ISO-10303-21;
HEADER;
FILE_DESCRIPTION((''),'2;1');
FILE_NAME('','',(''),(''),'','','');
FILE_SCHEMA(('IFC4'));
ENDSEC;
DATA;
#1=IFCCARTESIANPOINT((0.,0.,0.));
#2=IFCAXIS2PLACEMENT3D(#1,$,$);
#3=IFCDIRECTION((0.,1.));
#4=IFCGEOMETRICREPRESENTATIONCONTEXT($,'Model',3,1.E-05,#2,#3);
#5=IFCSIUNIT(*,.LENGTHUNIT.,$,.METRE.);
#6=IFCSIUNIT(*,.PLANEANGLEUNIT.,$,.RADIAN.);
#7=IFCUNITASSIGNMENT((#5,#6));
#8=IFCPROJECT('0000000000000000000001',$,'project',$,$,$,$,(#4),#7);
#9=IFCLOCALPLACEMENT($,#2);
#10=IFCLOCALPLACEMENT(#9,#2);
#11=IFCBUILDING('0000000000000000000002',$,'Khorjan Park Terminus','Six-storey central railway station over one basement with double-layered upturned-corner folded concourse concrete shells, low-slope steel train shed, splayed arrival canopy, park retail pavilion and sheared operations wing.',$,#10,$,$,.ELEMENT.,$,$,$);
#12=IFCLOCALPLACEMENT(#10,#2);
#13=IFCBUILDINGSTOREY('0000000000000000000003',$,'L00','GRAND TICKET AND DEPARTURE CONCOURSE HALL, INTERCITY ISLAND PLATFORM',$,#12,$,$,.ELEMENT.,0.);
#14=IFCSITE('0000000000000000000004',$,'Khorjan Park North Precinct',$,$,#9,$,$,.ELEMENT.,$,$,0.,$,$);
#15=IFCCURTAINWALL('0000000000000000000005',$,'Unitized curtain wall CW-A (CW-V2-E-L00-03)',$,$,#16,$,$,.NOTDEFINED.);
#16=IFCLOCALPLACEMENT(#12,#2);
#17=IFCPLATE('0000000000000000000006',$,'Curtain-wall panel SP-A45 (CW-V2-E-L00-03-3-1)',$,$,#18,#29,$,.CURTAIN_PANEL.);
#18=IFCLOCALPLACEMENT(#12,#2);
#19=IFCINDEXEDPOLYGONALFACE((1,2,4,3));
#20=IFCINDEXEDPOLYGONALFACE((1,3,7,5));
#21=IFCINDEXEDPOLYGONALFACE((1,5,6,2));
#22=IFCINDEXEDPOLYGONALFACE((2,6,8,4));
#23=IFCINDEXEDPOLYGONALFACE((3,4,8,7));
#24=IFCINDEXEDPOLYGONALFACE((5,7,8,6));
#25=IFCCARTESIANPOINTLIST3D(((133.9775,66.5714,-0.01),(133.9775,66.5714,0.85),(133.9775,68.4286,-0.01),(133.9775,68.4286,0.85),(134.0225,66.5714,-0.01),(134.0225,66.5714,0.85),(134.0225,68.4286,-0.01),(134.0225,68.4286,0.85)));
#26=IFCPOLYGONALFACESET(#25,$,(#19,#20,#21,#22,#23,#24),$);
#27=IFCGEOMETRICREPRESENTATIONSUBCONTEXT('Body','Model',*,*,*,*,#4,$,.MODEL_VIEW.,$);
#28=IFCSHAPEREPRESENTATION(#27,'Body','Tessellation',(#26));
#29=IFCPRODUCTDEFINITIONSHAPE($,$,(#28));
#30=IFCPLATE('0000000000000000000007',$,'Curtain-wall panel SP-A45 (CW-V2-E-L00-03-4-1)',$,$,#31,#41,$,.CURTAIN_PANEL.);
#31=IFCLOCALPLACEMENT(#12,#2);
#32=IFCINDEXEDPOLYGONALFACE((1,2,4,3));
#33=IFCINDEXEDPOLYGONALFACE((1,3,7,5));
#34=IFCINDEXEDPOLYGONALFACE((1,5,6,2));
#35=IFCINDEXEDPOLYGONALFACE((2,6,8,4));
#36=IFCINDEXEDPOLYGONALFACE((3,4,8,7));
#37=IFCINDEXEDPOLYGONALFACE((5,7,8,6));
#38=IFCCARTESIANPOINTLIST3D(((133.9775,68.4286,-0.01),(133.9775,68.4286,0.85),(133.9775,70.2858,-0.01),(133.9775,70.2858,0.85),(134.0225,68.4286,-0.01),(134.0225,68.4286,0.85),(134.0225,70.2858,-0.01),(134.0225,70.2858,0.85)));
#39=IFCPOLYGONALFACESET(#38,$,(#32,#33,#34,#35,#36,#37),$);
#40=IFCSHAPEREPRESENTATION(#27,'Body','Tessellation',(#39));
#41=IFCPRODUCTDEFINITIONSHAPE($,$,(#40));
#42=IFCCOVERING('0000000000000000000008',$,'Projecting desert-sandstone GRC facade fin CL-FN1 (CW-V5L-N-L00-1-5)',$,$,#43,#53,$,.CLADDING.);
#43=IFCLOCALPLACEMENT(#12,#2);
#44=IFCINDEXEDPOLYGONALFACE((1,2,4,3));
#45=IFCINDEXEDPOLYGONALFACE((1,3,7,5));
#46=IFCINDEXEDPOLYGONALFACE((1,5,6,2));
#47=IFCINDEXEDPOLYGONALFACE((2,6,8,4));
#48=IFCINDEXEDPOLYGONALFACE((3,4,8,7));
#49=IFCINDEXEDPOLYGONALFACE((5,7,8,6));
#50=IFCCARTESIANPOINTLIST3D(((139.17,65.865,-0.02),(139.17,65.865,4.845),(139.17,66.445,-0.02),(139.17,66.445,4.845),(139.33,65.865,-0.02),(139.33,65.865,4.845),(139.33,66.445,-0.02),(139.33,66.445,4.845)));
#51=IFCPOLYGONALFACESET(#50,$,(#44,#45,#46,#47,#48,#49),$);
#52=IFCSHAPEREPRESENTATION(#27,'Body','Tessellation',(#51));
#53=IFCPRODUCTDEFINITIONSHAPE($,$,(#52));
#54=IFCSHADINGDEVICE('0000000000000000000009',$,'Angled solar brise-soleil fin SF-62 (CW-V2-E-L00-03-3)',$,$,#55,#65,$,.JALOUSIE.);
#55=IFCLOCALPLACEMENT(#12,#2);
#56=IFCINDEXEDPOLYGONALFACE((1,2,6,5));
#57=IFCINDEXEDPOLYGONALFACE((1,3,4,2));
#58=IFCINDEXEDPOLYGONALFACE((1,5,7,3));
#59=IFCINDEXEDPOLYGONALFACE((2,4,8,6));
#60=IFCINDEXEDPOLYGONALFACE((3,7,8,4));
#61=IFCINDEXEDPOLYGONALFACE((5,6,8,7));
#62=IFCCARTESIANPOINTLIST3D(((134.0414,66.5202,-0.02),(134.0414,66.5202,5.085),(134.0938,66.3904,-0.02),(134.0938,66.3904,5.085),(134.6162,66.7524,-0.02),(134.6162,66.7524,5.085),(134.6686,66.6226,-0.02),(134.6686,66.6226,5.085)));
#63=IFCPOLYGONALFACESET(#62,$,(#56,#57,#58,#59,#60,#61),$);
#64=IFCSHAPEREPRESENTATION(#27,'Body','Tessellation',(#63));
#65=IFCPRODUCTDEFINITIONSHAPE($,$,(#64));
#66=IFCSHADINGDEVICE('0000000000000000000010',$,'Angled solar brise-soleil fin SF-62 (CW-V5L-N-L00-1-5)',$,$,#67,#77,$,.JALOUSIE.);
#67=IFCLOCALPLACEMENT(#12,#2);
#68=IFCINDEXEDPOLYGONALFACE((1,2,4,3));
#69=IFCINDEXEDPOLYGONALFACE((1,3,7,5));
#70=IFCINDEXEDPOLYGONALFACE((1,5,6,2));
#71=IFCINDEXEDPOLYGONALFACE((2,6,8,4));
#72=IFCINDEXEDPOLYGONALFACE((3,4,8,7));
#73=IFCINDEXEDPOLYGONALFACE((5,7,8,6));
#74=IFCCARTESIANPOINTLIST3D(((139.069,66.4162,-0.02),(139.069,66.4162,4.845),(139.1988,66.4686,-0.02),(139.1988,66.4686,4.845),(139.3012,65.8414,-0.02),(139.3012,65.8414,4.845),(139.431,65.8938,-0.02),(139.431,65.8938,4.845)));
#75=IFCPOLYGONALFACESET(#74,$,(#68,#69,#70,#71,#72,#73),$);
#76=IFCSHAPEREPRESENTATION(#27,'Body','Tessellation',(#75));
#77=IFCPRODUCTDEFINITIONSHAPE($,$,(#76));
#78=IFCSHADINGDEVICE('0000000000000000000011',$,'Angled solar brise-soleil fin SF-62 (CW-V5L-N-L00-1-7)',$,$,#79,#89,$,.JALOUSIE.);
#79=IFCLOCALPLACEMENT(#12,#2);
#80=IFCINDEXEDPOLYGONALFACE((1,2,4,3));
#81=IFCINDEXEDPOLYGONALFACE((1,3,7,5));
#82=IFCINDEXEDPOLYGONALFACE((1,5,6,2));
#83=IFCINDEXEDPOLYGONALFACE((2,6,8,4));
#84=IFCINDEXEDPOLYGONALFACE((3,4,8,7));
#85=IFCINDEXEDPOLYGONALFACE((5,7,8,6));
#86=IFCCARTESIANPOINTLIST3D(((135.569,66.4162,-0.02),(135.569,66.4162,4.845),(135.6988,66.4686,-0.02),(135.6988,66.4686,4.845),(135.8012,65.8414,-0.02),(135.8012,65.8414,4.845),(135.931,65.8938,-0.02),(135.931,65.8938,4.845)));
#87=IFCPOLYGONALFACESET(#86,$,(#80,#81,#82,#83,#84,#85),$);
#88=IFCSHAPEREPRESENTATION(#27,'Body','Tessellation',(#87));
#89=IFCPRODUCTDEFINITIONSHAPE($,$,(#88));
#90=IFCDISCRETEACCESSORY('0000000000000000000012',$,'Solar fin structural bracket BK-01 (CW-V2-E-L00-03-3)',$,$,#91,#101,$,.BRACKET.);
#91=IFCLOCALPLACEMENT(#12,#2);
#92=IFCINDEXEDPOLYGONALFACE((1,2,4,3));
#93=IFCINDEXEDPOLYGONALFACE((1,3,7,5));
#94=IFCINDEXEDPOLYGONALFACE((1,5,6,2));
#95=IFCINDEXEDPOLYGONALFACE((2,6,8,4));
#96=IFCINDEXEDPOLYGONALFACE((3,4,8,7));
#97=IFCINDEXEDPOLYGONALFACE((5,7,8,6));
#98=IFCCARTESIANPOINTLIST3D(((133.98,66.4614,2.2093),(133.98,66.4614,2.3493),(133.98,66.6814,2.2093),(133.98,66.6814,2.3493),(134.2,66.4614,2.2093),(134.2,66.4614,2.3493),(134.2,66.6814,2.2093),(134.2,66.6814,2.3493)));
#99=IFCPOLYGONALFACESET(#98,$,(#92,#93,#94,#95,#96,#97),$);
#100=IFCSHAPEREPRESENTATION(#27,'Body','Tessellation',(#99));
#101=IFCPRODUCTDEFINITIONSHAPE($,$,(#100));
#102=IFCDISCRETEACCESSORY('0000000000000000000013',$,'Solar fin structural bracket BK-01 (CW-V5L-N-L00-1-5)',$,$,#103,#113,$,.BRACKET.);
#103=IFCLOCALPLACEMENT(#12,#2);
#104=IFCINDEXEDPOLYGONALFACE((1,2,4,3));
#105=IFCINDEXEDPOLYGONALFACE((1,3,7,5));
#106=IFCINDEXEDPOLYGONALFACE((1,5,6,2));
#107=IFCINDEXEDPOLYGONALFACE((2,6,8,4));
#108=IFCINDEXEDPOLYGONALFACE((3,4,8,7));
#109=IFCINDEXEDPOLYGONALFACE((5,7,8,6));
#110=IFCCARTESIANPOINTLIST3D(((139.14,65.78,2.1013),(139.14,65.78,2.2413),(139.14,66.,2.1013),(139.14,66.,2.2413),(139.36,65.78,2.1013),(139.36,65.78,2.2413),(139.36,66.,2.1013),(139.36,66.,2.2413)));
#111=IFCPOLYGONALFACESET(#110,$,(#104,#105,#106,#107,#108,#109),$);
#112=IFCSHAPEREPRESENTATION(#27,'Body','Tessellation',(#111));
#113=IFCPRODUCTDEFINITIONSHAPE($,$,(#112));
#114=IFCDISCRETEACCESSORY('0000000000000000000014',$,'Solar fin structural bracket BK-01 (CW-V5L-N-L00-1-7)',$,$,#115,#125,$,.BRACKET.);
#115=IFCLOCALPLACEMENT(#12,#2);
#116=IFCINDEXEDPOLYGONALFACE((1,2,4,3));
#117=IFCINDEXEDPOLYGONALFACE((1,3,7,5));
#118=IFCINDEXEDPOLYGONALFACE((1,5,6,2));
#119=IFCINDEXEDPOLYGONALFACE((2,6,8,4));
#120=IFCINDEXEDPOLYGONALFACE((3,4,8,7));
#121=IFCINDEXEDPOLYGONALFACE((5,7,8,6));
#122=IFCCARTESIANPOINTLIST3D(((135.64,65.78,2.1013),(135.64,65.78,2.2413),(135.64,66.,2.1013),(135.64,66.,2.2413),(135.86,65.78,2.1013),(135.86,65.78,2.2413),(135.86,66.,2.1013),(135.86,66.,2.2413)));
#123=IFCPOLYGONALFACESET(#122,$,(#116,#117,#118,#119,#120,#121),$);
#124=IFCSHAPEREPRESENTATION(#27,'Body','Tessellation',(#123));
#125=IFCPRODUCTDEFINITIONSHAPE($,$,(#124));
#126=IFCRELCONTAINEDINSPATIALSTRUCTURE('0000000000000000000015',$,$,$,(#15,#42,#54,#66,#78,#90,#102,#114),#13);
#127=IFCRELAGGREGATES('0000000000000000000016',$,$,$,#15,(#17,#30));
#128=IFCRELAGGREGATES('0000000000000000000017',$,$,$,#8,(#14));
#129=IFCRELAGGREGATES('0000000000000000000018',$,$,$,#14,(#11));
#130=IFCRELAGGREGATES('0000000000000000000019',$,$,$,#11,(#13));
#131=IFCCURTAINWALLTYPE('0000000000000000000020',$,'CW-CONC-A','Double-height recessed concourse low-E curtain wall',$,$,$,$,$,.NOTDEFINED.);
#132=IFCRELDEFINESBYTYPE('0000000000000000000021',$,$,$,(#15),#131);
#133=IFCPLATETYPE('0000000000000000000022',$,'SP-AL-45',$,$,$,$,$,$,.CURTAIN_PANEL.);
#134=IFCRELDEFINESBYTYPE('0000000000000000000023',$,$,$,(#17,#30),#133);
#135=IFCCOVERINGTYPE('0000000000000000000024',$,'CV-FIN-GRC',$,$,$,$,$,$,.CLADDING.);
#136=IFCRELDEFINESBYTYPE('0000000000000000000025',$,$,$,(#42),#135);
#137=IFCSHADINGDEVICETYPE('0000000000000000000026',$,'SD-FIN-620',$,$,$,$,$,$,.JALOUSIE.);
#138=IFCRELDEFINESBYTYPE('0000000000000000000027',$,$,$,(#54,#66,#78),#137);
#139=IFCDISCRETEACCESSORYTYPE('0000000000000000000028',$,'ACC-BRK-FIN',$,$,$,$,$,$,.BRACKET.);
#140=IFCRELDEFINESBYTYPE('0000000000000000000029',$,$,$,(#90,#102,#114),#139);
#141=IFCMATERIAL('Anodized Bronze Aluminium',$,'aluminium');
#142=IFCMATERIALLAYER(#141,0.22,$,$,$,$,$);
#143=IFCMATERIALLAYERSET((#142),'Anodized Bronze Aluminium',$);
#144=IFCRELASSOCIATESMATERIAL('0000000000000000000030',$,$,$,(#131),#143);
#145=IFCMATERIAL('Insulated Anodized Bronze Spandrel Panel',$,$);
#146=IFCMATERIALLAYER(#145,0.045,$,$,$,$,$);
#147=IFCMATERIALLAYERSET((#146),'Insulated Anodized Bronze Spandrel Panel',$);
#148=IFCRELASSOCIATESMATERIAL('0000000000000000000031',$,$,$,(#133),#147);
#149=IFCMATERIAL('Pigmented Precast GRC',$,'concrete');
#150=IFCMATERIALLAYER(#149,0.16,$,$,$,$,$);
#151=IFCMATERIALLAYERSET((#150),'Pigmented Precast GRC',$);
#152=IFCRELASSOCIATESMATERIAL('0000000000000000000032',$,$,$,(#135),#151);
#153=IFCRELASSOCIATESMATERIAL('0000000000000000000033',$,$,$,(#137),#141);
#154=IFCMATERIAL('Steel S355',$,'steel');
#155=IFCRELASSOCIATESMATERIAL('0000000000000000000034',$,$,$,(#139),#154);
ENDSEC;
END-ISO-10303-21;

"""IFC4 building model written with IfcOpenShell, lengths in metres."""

from ifc_helpers import new_model, si_unit, direction, frame, origin, origin_2d, place, context, subcontext, project, spatial, rectangle, extrude, material, layer, layer_set, type_object, element, aggregate, save


model = new_model("IFC4")

# Units and contexts
model_context = context("Model", 3, precision=1e-05, world=origin(), true_north=direction((0.0, 1.0)))
body_context = subcontext(model_context, "Body", "Model", "MODEL_VIEW")
ifc_project = project(units=[si_unit("LENGTHUNIT", "METRE"), si_unit("PLANEANGLEUNIT", "RADIAN")], contexts=[model_context])

# Site, building, storey
site_placement = place(None, origin())
site = spatial("IfcSite", under=ifc_project, at=site_placement, Name="Khorjan Park North Precinct", CompositionType="ELEMENT", RefElevation=0.0)
building_placement = place(site_placement, origin())
building = spatial("IfcBuilding", under=site, at=building_placement, Name="Khorjan Park Terminus", Description="Six-storey central railway station over one basement with double-layered upturned-corner folded concourse concrete shells, low-slope steel train shed, splayed arrival canopy, park retail pavilion and sheared operations wing.", CompositionType="ELEMENT")
storey_placement = place(building_placement, origin())
storey = spatial("IfcBuildingStorey", under=building, at=storey_placement, Name="L00", Description="GRAND TICKET AND DEPARTURE CONCOURSE HALL, INTERCITY ISLAND PLATFORM", CompositionType="ELEMENT", Elevation=0.0)

# Curtain wall, plates
ifc_material_1 = material(Name="Anodized Bronze Aluminium", Category="aluminium")
ifc_layer_1 = layer(ifc_material_1, 0.22)
ifc_layer_set_1 = layer_set([ifc_layer_1], Name="Anodized Bronze Aluminium")
curtain_wall_type = type_object("IfcCurtainWallType", Name="CW-CONC-A", Description="Double-height recessed concourse low-E curtain wall", PredefinedType="NOTDEFINED", material=ifc_layer_set_1)
curtain_wall_placement = place(storey_placement, origin())
curtain_wall = element("IfcCurtainWall", 1, at=curtain_wall_placement, inside=storey, type_object=curtain_wall_type, Name="Unitized curtain wall CW-A (CW-V2-E-L00-03)", PredefinedType="NOTDEFINED")
ifc_material_2 = material(Name="Insulated Anodized Bronze Spandrel Panel")
ifc_layer_2 = layer(ifc_material_2, 0.045)
ifc_layer_set_2 = layer_set([ifc_layer_2], Name="Insulated Anodized Bronze Spandrel Panel")
plate_type_1 = type_object("IfcPlateType", Name="SP-AL-45", PredefinedType="CURTAIN_PANEL", material=ifc_layer_set_2)
plate_1_placement = place(storey_placement, frame((134.0, 67.5, -0.01), z_axis=(0.0, 0.0, 1.0), x_axis=(0.0, 1.0, 0.0)))
plate_1 = element("IfcPlate", 2, at=plate_1_placement, type_object=plate_type_1, Name="Curtain-wall panel SP-A45 (CW-V2-E-L00-03-3-1)", PredefinedType="CURTAIN_PANEL", context=body_context, shape_type="SweptSolid", body=[
    extrude(rectangle(XDim=1.8571, YDim=0.045, at=origin_2d()), origin(), (0.0, 0.0, 1.0), 0.86),
])
plate_2_placement = place(storey_placement, frame((134.0, 69.3572, -0.01), z_axis=(0.0, 0.0, 1.0), x_axis=(0.0, 1.0, 0.0)))
plate_2 = element("IfcPlate", 3, at=plate_2_placement, type_object=plate_type_1, Name="Curtain-wall panel SP-A45 (CW-V2-E-L00-03-4-1)", PredefinedType="CURTAIN_PANEL", context=body_context, shape_type="SweptSolid", body=[
    extrude(rectangle(XDim=1.8571, YDim=0.045, at=origin_2d()), origin(), (0.0, 0.0, 1.0), 0.86),
])
aggregate(curtain_wall, [plate_1, plate_2])

# Covering
ifc_material_3 = material(Name="Pigmented Precast GRC", Category="concrete")
ifc_layer_3 = layer(ifc_material_3, 0.16)
ifc_layer_set_3 = layer_set([ifc_layer_3], Name="Pigmented Precast GRC")
covering_type = type_object("IfcCoveringType", Name="CV-FIN-GRC", PredefinedType="CLADDING", material=ifc_layer_set_3)
covering_placement = place(storey_placement, frame((139.25, 66.155, -0.02), z_axis=(0.0, 0.0, 1.0), x_axis=(0.0, -1.0, 0.0)))
element("IfcCovering", 4, at=covering_placement, inside=storey, type_object=covering_type, Name="Projecting desert-sandstone GRC facade fin CL-FN1 (CW-V5L-N-L00-1-5)", PredefinedType="CLADDING", context=body_context, shape_type="SweptSolid", body=[
    extrude(rectangle(XDim=0.58, YDim=0.16, at=origin_2d()), origin(), (0.0, 0.0, 1.0), 4.865),
])

# Shading devices
shading_device_type = type_object("IfcShadingDeviceType", Name="SD-FIN-620", PredefinedType="JALOUSIE", material=ifc_material_1)
shading_device_placement = place(storey_placement, frame((134.355, 66.5714, -0.02), z_axis=(0.0, 0.0, 1.0), x_axis=(-0.927184, -0.374607, 0.0)))
element("IfcShadingDevice", 5, at=shading_device_placement, inside=storey, type_object=shading_device_type, Name="Angled solar brise-soleil fin SF-62 (CW-V2-E-L00-03-3)", PredefinedType="JALOUSIE", context=body_context, shape_type="SweptSolid", body=[
    extrude(rectangle(XDim=0.62, YDim=0.14, at=origin_2d()), origin(), (0.0, 0.0, 1.0), 5.105),
])
for number, where, z_axis, x_axis, name in (
    (6, (139.25, 66.155, -0.02), (0.0, 0.0, 1.0), (0.374607, -0.927184, 0.0), "Angled solar brise-soleil fin SF-62 (CW-V5L-N-L00-1-5)"),
    (7, (135.75, 66.155, -0.02), (0.0, 0.0, 1.0), (0.374607, -0.927184, 0.0), "Angled solar brise-soleil fin SF-62 (CW-V5L-N-L00-1-7)"),
):
    element("IfcShadingDevice", number, at=place(storey_placement, frame(where, z_axis=z_axis, x_axis=x_axis)), inside=storey, type_object=shading_device_type, Name=name, PredefinedType="JALOUSIE", context=body_context, shape_type="SweptSolid", body=[
        extrude(rectangle(XDim=0.62, YDim=0.14, at=origin_2d()), origin(), (0.0, 0.0, 1.0), 4.865),
    ])

# Discrete accessories
ifc_material_4 = material(Name="Steel S355", Category="steel")
discrete_accessory_type = type_object("IfcDiscreteAccessoryType", Name="ACC-BRK-FIN", PredefinedType="BRACKET", material=ifc_material_4)
for number, where, z_axis, x_axis, name in (
    (8, (134.09, 66.5714, 2.2093), (0.0, 0.0, 1.0), (0.0, 1.0, 0.0), "Solar fin structural bracket BK-01 (CW-V2-E-L00-03-3)"),
    (9, (139.25, 65.89, 2.1013), (0.0, 0.0, 1.0), (-1.0, 0.0, 0.0), "Solar fin structural bracket BK-01 (CW-V5L-N-L00-1-5)"),
    (10, (135.75, 65.89, 2.1013), (0.0, 0.0, 1.0), (-1.0, 0.0, 0.0), "Solar fin structural bracket BK-01 (CW-V5L-N-L00-1-7)"),
):
    element("IfcDiscreteAccessory", number, at=place(storey_placement, frame(where, z_axis=z_axis, x_axis=x_axis)), inside=storey, type_object=discrete_accessory_type, Name=name, PredefinedType="BRACKET", context=body_context, shape_type="SweptSolid", body=[
        extrude(rectangle(XDim=0.22, YDim=0.22, at=origin_2d()), origin(), (0.0, 0.0, 1.0), 0.14),
    ])

save(model, "model.ifc")
